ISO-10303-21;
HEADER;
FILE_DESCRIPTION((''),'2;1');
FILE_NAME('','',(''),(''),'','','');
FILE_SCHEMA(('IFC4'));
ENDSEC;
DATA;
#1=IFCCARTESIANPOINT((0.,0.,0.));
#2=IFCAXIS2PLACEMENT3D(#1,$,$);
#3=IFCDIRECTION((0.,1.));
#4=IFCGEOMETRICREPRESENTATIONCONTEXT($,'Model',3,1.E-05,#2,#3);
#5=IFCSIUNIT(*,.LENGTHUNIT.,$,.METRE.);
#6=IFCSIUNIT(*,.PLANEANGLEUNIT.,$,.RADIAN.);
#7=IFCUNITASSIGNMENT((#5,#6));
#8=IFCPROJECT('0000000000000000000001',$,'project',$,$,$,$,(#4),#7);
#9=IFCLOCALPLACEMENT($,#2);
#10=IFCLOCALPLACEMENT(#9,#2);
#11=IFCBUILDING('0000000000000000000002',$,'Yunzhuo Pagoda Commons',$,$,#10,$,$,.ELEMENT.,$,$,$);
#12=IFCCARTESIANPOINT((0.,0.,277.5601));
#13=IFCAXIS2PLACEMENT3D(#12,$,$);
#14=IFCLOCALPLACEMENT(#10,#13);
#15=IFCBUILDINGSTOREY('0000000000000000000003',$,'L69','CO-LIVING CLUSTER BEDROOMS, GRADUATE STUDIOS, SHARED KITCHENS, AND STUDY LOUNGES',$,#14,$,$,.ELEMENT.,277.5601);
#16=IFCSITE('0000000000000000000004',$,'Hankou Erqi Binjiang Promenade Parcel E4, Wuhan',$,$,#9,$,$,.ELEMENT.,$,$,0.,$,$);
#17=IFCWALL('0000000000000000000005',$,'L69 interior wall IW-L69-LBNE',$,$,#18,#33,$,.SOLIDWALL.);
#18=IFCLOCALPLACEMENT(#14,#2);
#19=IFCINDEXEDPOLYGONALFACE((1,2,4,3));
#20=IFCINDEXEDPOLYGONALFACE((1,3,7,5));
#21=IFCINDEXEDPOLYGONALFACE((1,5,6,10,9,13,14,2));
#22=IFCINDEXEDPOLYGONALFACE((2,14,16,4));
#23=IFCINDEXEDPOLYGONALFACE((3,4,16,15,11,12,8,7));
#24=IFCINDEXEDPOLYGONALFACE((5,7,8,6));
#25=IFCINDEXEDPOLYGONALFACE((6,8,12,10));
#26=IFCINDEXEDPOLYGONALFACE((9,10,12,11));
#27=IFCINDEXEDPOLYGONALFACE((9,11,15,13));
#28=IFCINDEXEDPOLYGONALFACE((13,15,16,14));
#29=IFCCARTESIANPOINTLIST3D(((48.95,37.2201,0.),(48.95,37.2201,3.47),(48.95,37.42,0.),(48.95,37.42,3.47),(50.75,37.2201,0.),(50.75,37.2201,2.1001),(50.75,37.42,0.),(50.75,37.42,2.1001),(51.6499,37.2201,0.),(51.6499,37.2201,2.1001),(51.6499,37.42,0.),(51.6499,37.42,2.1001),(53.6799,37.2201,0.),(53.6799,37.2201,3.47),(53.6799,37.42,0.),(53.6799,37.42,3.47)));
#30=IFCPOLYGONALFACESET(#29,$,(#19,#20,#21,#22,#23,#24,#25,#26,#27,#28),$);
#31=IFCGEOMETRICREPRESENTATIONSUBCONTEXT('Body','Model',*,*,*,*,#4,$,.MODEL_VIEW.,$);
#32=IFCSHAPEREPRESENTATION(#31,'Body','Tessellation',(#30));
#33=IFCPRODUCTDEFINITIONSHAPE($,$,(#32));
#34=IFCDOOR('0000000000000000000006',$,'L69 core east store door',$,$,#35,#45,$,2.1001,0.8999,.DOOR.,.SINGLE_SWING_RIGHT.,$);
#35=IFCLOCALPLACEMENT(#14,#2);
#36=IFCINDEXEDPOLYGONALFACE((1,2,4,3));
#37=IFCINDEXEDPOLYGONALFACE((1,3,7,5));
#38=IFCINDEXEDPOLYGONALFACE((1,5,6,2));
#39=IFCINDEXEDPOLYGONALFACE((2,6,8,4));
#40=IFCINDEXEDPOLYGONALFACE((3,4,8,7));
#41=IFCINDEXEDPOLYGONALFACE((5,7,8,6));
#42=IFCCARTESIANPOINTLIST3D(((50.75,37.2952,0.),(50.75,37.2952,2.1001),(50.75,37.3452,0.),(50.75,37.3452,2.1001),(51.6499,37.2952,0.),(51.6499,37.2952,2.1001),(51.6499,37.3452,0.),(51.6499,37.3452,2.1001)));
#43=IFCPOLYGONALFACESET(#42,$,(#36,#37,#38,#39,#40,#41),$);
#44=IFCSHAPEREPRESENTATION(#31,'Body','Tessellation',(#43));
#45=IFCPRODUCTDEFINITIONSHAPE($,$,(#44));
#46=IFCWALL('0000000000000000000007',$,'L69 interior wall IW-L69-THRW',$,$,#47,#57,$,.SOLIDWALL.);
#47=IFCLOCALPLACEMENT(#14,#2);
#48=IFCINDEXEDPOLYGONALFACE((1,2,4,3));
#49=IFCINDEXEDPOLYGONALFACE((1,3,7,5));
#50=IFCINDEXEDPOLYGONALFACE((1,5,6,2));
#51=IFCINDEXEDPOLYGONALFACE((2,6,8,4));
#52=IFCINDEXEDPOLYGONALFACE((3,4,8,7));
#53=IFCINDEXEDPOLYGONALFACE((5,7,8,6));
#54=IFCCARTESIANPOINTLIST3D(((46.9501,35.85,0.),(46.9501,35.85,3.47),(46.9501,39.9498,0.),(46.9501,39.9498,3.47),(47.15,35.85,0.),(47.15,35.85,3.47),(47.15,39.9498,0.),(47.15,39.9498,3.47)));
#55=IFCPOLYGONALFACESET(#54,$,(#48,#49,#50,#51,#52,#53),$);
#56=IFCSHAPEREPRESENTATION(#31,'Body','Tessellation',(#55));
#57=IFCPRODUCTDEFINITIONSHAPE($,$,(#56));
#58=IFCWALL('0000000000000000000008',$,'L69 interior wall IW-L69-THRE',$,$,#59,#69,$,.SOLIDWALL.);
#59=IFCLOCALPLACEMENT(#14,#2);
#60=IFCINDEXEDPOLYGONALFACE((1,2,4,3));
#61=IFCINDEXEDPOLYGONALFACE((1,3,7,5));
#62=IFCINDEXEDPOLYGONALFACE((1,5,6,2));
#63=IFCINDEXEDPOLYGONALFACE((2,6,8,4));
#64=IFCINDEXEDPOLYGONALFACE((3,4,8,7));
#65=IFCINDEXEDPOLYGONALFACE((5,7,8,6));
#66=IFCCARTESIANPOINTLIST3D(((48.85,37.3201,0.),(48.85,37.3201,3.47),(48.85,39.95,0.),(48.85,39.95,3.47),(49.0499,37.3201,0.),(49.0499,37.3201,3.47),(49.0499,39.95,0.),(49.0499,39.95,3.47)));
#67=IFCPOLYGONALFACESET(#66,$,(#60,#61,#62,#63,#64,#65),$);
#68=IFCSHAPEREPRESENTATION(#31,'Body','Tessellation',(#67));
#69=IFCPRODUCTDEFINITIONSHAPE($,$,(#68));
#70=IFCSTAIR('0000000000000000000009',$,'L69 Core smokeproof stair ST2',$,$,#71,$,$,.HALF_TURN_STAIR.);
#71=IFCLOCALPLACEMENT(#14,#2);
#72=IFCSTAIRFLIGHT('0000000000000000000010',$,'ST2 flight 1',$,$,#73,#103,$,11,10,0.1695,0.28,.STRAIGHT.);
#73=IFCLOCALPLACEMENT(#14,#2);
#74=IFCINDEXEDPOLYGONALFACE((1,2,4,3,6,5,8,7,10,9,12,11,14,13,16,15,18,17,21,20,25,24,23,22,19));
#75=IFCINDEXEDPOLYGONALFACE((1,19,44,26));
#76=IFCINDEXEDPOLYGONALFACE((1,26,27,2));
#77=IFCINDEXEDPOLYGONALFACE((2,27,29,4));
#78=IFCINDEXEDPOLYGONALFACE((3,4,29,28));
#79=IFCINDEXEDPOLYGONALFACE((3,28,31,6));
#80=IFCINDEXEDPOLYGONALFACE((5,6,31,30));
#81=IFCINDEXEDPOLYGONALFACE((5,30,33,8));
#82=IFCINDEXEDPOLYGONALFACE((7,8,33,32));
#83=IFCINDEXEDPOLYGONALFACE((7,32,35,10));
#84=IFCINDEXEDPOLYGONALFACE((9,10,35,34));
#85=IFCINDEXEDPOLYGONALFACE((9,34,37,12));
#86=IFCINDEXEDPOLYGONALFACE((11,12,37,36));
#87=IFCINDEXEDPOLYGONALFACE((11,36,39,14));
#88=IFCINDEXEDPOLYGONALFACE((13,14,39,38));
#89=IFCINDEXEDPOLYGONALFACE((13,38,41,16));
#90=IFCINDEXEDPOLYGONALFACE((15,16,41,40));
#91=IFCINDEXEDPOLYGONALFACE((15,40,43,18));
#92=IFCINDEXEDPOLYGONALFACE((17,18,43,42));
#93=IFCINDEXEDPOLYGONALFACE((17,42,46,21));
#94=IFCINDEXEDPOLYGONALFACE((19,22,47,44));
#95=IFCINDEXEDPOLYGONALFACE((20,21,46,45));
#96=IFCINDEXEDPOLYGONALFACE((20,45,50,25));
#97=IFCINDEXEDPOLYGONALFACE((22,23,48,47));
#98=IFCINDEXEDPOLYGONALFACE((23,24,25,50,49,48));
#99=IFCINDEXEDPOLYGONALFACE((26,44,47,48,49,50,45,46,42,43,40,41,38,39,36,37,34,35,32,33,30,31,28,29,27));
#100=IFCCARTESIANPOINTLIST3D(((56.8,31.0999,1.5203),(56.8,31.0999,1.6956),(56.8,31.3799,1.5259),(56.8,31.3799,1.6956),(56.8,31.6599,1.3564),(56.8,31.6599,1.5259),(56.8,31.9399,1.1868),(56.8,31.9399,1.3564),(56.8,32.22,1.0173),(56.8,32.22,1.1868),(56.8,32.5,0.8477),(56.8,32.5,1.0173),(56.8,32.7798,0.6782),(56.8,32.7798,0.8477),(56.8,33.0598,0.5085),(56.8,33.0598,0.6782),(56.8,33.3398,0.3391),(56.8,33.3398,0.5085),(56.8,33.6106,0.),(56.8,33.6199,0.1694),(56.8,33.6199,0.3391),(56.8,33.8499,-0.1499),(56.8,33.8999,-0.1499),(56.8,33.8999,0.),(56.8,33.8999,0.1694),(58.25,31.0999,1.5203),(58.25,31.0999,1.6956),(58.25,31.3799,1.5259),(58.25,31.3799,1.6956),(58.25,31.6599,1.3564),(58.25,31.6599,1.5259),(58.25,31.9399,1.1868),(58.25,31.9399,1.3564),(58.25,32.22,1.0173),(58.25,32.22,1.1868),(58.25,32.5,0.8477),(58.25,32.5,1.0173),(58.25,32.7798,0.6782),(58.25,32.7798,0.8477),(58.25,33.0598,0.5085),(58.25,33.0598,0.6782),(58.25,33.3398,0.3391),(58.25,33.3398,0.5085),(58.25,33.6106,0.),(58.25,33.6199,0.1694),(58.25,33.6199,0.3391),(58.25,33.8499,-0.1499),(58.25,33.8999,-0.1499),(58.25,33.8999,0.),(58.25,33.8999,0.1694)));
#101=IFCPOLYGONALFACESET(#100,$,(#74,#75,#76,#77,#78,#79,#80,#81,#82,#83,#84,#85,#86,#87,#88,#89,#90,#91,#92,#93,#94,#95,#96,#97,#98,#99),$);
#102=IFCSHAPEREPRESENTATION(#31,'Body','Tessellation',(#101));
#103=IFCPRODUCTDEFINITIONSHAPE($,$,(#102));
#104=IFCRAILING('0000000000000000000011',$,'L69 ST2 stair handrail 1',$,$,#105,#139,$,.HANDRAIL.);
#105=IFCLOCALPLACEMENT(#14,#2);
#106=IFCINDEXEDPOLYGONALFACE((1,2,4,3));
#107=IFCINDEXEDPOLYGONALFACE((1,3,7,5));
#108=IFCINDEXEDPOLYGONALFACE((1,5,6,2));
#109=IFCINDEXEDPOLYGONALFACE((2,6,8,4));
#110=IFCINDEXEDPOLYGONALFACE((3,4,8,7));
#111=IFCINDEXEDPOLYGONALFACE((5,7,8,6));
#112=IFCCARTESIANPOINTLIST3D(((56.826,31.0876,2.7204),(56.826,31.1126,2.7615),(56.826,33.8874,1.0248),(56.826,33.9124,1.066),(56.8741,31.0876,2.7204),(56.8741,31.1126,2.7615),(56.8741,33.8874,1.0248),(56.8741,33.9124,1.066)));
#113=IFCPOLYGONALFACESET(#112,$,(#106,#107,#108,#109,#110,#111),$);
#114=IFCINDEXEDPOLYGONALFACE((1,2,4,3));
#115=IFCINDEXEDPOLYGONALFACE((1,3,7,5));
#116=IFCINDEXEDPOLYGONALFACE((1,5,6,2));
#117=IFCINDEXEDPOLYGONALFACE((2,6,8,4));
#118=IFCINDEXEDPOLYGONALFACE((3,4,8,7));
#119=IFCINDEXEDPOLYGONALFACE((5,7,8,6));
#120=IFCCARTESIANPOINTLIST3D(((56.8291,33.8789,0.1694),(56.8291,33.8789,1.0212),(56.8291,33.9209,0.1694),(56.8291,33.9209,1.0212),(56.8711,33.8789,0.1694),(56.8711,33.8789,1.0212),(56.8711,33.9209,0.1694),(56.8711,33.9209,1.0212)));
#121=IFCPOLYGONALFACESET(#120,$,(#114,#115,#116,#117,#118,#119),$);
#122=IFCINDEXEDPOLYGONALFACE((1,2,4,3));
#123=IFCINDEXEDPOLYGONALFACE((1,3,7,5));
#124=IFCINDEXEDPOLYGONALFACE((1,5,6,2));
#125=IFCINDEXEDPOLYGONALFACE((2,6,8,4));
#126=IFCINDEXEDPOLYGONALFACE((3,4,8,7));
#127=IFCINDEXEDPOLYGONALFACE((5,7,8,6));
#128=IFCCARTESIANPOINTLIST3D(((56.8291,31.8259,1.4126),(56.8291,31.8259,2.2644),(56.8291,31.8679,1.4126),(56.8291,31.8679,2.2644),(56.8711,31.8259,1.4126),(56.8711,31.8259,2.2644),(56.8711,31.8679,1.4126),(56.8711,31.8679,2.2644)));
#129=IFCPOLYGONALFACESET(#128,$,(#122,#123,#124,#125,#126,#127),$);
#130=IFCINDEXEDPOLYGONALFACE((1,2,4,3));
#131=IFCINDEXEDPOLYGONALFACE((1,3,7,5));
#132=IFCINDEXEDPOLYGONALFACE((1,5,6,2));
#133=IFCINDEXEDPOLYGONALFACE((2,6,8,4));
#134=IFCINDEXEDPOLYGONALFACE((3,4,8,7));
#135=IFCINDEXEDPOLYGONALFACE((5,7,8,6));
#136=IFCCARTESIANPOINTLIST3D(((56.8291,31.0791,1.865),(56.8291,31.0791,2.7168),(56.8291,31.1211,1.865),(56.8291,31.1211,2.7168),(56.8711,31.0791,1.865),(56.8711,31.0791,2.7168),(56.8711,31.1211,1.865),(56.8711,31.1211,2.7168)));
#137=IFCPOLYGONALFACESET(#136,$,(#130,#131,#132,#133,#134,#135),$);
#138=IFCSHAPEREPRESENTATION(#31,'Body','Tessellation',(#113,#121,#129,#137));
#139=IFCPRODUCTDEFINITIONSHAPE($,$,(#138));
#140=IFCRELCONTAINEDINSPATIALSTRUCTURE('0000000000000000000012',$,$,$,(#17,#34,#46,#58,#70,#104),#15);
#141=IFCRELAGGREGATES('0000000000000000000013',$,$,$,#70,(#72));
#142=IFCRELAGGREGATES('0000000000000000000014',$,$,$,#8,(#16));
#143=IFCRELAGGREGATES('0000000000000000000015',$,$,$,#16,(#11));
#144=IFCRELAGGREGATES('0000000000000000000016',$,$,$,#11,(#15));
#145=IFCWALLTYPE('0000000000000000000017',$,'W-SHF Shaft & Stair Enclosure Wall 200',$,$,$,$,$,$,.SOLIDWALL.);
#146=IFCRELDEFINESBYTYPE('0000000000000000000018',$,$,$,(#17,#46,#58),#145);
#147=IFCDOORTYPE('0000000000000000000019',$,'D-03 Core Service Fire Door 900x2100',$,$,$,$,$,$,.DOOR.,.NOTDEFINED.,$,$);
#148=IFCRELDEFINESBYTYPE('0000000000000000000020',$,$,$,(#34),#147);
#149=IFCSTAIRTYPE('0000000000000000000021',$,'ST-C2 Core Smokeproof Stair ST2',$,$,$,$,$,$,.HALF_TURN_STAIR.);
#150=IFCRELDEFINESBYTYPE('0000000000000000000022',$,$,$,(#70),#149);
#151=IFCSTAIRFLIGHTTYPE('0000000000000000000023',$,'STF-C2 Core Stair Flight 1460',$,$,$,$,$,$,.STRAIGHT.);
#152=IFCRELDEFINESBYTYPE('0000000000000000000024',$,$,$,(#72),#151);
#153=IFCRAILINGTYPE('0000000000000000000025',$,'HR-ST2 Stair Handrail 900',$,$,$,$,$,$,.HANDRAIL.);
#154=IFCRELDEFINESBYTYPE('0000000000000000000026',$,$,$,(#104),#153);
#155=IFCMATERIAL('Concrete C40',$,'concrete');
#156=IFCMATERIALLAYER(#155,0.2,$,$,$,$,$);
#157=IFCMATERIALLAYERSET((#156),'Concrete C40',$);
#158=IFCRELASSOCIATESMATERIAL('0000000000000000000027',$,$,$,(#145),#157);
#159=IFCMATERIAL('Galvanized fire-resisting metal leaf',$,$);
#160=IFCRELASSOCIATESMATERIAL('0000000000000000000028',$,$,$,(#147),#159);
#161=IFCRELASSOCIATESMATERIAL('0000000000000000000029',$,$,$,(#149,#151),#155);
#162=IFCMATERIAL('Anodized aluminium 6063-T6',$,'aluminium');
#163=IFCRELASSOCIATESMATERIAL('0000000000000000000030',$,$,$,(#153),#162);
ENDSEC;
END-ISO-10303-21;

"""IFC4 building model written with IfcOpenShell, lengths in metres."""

from ifc_helpers import new_model, si_unit, direction, frame, frame_2d, origin, origin_2d, place, context, subcontext, project, spatial, polyline, rectangle, outline, extrude, source, transform, mapped, material, layer, layer_set, type_object, element, fill, aggregate, save


model = new_model("IFC4")

# Units and contexts
model_context = context("Model", 3, precision=1e-05, world=origin(), true_north=direction((0.0, 1.0)))
body_context = subcontext(model_context, "Body", "Model", "MODEL_VIEW")
ifc_project = project(units=[si_unit("LENGTHUNIT", "METRE"), si_unit("PLANEANGLEUNIT", "RADIAN")], contexts=[model_context])

# Site, building, storey
site_placement = place(None, origin())
site = spatial("IfcSite", under=ifc_project, at=site_placement, Name="Hankou Erqi Binjiang Promenade Parcel E4, Wuhan", CompositionType="ELEMENT", RefElevation=0.0)
building_placement = place(site_placement, origin())
building = spatial("IfcBuilding", under=site, at=building_placement, Name="Yunzhuo Pagoda Commons", CompositionType="ELEMENT")
storey_placement = place(building_placement, frame((0.0, 0.0, 277.5601)))
storey = spatial("IfcBuildingStorey", under=building, at=storey_placement, Name="L69", Description="CO-LIVING CLUSTER BEDROOMS, GRADUATE STUDIOS, SHARED KITCHENS, AND STUDY LOUNGES", CompositionType="ELEMENT", Elevation=277.5601)

# Shared definitions
ifc_material_1 = material(Name="Galvanized fire-resisting metal leaf")

# Shared definitions
ifc_material_2 = material(Name="Concrete C40", Category="concrete")
ifc_layer_1 = layer(ifc_material_2, 0.2)
ifc_layer_set_1 = layer_set([ifc_layer_1], Name="Concrete C40")
wall_type_1 = type_object("IfcWallType", Name="W-SHF Shaft & Stair Enclosure Wall 200", PredefinedType="SOLIDWALL", material=ifc_layer_set_1)

# Wall, opening, door
wall_1_placement = place(storey_placement, frame((48.95, 37.3201, 0.0), z_axis=(0.0, 0.0, 1.0), x_axis=(1.0, 0.0, 0.0)))
wall_1 = element("IfcWall", 1, at=wall_1_placement, inside=storey, type_object=wall_type_1, Name="L69 interior wall IW-L69-LBNE", PredefinedType="SOLIDWALL", context=body_context, shape_type="SweptSolid", body=[
    extrude(rectangle(XDim=4.73, YDim=0.2, at=frame_2d((2.365, 0.0))), origin(), (0.0, 0.0, 1.0), 3.47),
])
opening_1_placement = place(wall_1_placement, frame((1.8, 0.0, 0.0)))
opening_1 = element("IfcOpeningElement", 2, at=opening_1_placement, cuts=wall_1, PredefinedType="OPENING", context=body_context, shape_type="SweptSolid", body=[
    extrude(rectangle(XDim=0.8999, YDim=2.1001, at=frame_2d((0.45, 1.05))), frame((0.0, 0.1099, 0.0), z_axis=(0.0, -1.0, 0.0), x_axis=(1.0, 0.0, 0.0)), (0.0, 0.0, 1.0), 0.22),
])
door_type_1 = type_object("IfcDoorType", Name="D-03 Core Service Fire Door 900x2100", OperationType="NOTDEFINED", PredefinedType="DOOR", material=ifc_material_1)
shared_shape_1 = source(origin(), body_context, "Body", "SweptSolid", [
    extrude(rectangle(XDim=0.8999, YDim=2.1001, at=frame_2d((0.45, 1.05))), frame((0.0, 0.0249, 0.0), z_axis=(0.0, -1.0, 0.0), x_axis=(1.0, 0.0, 0.0)), (0.0, 0.0, 1.0), 0.05),
])
door_1_placement = place(opening_1_placement, frame((0.8999, 0.0, 0.0), z_axis=(0.0, 0.0, 1.0), x_axis=(-1.0, 0.0, 0.0)))
door_1 = element("IfcDoor", 3, at=door_1_placement, inside=storey, type_object=door_type_1, Name="L69 core east store door", OperationType="SINGLE_SWING_RIGHT", OverallHeight=2.1001, OverallWidth=0.8999, PredefinedType="DOOR", context=body_context, shape_type="MappedRepresentation", body=[
    mapped(shared_shape_1, transform((0.0, 0.0, 0.0), scale=1.0)),
])
fill(opening_1, door_1)

# Walls
wall_2_placement = place(storey_placement, frame((47.05, 35.8501, 0.0), z_axis=(0.0, 0.0, 1.0), x_axis=(0.0, 1.0, 0.0)))
element("IfcWall", 4, at=wall_2_placement, inside=storey, type_object=wall_type_1, Name="L69 interior wall IW-L69-THRW", PredefinedType="SOLIDWALL", context=body_context, shape_type="SweptSolid", body=[
    extrude(rectangle(XDim=4.0999, YDim=0.2, at=frame_2d((2.0498, 0.0))), origin(), (0.0, 0.0, 1.0), 3.47),
])
wall_3_placement = place(storey_placement, frame((48.95, 37.3201, 0.0), z_axis=(0.0, 0.0, 1.0), x_axis=(0.0, 1.0, 0.0)))
element("IfcWall", 5, at=wall_3_placement, inside=storey, type_object=wall_type_1, Name="L69 interior wall IW-L69-THRE", PredefinedType="SOLIDWALL", context=body_context, shape_type="SweptSolid", body=[
    extrude(rectangle(XDim=2.6299, YDim=0.2, at=frame_2d((1.3149, 0.0))), origin(), (0.0, 0.0, 1.0), 3.47),
])

# Stair, stair flight
stair_type = type_object("IfcStairType", Name="ST-C2 Core Smokeproof Stair ST2", PredefinedType="HALF_TURN_STAIR", material=ifc_material_2)
stair_placement = place(storey_placement, origin())
stair = element("IfcStair", 6, at=stair_placement, inside=storey, type_object=stair_type, Name="L69 Core smokeproof stair ST2", PredefinedType="HALF_TURN_STAIR")
stair_flight_type = type_object("IfcStairFlightType", Name="STF-C2 Core Stair Flight 1460", PredefinedType="STRAIGHT", material=ifc_material_2)
shared_shape_2 = source(origin(), body_context, "Body", "SweptSolid", [
    extrude(outline(polyline([(0.0, -0.1499), (0.0, 0.0), (0.0, 0.1694), (0.28, 0.1694), (0.28, 0.3391), (0.5601, 0.3391), (0.5601, 0.5085), (0.8401, 0.5085), (0.8401, 0.6782), (1.1201, 0.6782), (1.1201, 0.8477), (1.3999, 0.8477), (1.3999, 1.0173), (1.6799, 1.0173), (1.6799, 1.1868), (1.96, 1.1868), (1.96, 1.3564), (2.24, 1.3564), (2.24, 1.5259), (2.52, 1.5259), (2.52, 1.6956), (2.8, 1.6956), (2.8, 1.865), (2.8, 1.5203), (0.2893, 0.0), (0.05, -0.1499), (0.0, -0.1499)])), frame((0.0, 0.7251, 0.0), z_axis=(0.0, -1.0, 0.0), x_axis=(1.0, 0.0, 0.0)), (0.0, 0.0, 1.0), 1.45),
])
stair_flight_placement = place(storey_placement, frame((57.5249, 33.8999, 0.0), z_axis=(0.0, 0.0, 1.0), x_axis=(0.0, -1.0, 0.0)))
stair_flight = element("IfcStairFlight", 7, at=stair_flight_placement, type_object=stair_flight_type, Name="ST2 flight 1", NumberOfRisers=11, NumberOfTreads=10, PredefinedType="STRAIGHT", RiserHeight=0.1695, TreadLength=0.28, context=body_context, shape_type="MappedRepresentation", body=[
    mapped(shared_shape_2, transform((0.0, 0.0, 0.0), scale=1.0)),
])
aggregate(stair, [stair_flight])

# Railing
ifc_material_3 = material(Name="Anodized aluminium 6063-T6", Category="aluminium")
railing_type = type_object("IfcRailingType", Name="HR-ST2 Stair Handrail 900", PredefinedType="HANDRAIL", material=ifc_material_3)
railing_placement = place(storey_placement, frame((56.8501, 33.8999, 0.1694)))
element("IfcRailing", 8, at=railing_placement, inside=storey, type_object=railing_type, Name="L69 ST2 stair handrail 1", PredefinedType="HANDRAIL", context=body_context, shape_type="SweptSolid", body=[
    extrude(rectangle(XDim=0.0481, YDim=0.0481, at=origin_2d()), frame((0.0, 0.0, 0.876), z_axis=(0.0, -0.855373, 0.518012), x_axis=(1.0, 0.0, 0.0)), (0.0, 0.0, 1.0), 3.2732),
    extrude(rectangle(XDim=0.042, YDim=0.042, at=origin_2d()), origin(), (0.0, 0.0, 1.0), 0.8518),
    extrude(rectangle(XDim=0.042, YDim=0.042, at=origin_2d()), frame((0.0, -2.053, 1.2432)), (0.0, 0.0, 1.0), 0.8518),
    extrude(rectangle(XDim=0.042, YDim=0.042, at=origin_2d()), frame((0.0, -2.7998, 1.6956)), (0.0, 0.0, 1.0), 0.8518),
])

save(model, "model.ifc")
